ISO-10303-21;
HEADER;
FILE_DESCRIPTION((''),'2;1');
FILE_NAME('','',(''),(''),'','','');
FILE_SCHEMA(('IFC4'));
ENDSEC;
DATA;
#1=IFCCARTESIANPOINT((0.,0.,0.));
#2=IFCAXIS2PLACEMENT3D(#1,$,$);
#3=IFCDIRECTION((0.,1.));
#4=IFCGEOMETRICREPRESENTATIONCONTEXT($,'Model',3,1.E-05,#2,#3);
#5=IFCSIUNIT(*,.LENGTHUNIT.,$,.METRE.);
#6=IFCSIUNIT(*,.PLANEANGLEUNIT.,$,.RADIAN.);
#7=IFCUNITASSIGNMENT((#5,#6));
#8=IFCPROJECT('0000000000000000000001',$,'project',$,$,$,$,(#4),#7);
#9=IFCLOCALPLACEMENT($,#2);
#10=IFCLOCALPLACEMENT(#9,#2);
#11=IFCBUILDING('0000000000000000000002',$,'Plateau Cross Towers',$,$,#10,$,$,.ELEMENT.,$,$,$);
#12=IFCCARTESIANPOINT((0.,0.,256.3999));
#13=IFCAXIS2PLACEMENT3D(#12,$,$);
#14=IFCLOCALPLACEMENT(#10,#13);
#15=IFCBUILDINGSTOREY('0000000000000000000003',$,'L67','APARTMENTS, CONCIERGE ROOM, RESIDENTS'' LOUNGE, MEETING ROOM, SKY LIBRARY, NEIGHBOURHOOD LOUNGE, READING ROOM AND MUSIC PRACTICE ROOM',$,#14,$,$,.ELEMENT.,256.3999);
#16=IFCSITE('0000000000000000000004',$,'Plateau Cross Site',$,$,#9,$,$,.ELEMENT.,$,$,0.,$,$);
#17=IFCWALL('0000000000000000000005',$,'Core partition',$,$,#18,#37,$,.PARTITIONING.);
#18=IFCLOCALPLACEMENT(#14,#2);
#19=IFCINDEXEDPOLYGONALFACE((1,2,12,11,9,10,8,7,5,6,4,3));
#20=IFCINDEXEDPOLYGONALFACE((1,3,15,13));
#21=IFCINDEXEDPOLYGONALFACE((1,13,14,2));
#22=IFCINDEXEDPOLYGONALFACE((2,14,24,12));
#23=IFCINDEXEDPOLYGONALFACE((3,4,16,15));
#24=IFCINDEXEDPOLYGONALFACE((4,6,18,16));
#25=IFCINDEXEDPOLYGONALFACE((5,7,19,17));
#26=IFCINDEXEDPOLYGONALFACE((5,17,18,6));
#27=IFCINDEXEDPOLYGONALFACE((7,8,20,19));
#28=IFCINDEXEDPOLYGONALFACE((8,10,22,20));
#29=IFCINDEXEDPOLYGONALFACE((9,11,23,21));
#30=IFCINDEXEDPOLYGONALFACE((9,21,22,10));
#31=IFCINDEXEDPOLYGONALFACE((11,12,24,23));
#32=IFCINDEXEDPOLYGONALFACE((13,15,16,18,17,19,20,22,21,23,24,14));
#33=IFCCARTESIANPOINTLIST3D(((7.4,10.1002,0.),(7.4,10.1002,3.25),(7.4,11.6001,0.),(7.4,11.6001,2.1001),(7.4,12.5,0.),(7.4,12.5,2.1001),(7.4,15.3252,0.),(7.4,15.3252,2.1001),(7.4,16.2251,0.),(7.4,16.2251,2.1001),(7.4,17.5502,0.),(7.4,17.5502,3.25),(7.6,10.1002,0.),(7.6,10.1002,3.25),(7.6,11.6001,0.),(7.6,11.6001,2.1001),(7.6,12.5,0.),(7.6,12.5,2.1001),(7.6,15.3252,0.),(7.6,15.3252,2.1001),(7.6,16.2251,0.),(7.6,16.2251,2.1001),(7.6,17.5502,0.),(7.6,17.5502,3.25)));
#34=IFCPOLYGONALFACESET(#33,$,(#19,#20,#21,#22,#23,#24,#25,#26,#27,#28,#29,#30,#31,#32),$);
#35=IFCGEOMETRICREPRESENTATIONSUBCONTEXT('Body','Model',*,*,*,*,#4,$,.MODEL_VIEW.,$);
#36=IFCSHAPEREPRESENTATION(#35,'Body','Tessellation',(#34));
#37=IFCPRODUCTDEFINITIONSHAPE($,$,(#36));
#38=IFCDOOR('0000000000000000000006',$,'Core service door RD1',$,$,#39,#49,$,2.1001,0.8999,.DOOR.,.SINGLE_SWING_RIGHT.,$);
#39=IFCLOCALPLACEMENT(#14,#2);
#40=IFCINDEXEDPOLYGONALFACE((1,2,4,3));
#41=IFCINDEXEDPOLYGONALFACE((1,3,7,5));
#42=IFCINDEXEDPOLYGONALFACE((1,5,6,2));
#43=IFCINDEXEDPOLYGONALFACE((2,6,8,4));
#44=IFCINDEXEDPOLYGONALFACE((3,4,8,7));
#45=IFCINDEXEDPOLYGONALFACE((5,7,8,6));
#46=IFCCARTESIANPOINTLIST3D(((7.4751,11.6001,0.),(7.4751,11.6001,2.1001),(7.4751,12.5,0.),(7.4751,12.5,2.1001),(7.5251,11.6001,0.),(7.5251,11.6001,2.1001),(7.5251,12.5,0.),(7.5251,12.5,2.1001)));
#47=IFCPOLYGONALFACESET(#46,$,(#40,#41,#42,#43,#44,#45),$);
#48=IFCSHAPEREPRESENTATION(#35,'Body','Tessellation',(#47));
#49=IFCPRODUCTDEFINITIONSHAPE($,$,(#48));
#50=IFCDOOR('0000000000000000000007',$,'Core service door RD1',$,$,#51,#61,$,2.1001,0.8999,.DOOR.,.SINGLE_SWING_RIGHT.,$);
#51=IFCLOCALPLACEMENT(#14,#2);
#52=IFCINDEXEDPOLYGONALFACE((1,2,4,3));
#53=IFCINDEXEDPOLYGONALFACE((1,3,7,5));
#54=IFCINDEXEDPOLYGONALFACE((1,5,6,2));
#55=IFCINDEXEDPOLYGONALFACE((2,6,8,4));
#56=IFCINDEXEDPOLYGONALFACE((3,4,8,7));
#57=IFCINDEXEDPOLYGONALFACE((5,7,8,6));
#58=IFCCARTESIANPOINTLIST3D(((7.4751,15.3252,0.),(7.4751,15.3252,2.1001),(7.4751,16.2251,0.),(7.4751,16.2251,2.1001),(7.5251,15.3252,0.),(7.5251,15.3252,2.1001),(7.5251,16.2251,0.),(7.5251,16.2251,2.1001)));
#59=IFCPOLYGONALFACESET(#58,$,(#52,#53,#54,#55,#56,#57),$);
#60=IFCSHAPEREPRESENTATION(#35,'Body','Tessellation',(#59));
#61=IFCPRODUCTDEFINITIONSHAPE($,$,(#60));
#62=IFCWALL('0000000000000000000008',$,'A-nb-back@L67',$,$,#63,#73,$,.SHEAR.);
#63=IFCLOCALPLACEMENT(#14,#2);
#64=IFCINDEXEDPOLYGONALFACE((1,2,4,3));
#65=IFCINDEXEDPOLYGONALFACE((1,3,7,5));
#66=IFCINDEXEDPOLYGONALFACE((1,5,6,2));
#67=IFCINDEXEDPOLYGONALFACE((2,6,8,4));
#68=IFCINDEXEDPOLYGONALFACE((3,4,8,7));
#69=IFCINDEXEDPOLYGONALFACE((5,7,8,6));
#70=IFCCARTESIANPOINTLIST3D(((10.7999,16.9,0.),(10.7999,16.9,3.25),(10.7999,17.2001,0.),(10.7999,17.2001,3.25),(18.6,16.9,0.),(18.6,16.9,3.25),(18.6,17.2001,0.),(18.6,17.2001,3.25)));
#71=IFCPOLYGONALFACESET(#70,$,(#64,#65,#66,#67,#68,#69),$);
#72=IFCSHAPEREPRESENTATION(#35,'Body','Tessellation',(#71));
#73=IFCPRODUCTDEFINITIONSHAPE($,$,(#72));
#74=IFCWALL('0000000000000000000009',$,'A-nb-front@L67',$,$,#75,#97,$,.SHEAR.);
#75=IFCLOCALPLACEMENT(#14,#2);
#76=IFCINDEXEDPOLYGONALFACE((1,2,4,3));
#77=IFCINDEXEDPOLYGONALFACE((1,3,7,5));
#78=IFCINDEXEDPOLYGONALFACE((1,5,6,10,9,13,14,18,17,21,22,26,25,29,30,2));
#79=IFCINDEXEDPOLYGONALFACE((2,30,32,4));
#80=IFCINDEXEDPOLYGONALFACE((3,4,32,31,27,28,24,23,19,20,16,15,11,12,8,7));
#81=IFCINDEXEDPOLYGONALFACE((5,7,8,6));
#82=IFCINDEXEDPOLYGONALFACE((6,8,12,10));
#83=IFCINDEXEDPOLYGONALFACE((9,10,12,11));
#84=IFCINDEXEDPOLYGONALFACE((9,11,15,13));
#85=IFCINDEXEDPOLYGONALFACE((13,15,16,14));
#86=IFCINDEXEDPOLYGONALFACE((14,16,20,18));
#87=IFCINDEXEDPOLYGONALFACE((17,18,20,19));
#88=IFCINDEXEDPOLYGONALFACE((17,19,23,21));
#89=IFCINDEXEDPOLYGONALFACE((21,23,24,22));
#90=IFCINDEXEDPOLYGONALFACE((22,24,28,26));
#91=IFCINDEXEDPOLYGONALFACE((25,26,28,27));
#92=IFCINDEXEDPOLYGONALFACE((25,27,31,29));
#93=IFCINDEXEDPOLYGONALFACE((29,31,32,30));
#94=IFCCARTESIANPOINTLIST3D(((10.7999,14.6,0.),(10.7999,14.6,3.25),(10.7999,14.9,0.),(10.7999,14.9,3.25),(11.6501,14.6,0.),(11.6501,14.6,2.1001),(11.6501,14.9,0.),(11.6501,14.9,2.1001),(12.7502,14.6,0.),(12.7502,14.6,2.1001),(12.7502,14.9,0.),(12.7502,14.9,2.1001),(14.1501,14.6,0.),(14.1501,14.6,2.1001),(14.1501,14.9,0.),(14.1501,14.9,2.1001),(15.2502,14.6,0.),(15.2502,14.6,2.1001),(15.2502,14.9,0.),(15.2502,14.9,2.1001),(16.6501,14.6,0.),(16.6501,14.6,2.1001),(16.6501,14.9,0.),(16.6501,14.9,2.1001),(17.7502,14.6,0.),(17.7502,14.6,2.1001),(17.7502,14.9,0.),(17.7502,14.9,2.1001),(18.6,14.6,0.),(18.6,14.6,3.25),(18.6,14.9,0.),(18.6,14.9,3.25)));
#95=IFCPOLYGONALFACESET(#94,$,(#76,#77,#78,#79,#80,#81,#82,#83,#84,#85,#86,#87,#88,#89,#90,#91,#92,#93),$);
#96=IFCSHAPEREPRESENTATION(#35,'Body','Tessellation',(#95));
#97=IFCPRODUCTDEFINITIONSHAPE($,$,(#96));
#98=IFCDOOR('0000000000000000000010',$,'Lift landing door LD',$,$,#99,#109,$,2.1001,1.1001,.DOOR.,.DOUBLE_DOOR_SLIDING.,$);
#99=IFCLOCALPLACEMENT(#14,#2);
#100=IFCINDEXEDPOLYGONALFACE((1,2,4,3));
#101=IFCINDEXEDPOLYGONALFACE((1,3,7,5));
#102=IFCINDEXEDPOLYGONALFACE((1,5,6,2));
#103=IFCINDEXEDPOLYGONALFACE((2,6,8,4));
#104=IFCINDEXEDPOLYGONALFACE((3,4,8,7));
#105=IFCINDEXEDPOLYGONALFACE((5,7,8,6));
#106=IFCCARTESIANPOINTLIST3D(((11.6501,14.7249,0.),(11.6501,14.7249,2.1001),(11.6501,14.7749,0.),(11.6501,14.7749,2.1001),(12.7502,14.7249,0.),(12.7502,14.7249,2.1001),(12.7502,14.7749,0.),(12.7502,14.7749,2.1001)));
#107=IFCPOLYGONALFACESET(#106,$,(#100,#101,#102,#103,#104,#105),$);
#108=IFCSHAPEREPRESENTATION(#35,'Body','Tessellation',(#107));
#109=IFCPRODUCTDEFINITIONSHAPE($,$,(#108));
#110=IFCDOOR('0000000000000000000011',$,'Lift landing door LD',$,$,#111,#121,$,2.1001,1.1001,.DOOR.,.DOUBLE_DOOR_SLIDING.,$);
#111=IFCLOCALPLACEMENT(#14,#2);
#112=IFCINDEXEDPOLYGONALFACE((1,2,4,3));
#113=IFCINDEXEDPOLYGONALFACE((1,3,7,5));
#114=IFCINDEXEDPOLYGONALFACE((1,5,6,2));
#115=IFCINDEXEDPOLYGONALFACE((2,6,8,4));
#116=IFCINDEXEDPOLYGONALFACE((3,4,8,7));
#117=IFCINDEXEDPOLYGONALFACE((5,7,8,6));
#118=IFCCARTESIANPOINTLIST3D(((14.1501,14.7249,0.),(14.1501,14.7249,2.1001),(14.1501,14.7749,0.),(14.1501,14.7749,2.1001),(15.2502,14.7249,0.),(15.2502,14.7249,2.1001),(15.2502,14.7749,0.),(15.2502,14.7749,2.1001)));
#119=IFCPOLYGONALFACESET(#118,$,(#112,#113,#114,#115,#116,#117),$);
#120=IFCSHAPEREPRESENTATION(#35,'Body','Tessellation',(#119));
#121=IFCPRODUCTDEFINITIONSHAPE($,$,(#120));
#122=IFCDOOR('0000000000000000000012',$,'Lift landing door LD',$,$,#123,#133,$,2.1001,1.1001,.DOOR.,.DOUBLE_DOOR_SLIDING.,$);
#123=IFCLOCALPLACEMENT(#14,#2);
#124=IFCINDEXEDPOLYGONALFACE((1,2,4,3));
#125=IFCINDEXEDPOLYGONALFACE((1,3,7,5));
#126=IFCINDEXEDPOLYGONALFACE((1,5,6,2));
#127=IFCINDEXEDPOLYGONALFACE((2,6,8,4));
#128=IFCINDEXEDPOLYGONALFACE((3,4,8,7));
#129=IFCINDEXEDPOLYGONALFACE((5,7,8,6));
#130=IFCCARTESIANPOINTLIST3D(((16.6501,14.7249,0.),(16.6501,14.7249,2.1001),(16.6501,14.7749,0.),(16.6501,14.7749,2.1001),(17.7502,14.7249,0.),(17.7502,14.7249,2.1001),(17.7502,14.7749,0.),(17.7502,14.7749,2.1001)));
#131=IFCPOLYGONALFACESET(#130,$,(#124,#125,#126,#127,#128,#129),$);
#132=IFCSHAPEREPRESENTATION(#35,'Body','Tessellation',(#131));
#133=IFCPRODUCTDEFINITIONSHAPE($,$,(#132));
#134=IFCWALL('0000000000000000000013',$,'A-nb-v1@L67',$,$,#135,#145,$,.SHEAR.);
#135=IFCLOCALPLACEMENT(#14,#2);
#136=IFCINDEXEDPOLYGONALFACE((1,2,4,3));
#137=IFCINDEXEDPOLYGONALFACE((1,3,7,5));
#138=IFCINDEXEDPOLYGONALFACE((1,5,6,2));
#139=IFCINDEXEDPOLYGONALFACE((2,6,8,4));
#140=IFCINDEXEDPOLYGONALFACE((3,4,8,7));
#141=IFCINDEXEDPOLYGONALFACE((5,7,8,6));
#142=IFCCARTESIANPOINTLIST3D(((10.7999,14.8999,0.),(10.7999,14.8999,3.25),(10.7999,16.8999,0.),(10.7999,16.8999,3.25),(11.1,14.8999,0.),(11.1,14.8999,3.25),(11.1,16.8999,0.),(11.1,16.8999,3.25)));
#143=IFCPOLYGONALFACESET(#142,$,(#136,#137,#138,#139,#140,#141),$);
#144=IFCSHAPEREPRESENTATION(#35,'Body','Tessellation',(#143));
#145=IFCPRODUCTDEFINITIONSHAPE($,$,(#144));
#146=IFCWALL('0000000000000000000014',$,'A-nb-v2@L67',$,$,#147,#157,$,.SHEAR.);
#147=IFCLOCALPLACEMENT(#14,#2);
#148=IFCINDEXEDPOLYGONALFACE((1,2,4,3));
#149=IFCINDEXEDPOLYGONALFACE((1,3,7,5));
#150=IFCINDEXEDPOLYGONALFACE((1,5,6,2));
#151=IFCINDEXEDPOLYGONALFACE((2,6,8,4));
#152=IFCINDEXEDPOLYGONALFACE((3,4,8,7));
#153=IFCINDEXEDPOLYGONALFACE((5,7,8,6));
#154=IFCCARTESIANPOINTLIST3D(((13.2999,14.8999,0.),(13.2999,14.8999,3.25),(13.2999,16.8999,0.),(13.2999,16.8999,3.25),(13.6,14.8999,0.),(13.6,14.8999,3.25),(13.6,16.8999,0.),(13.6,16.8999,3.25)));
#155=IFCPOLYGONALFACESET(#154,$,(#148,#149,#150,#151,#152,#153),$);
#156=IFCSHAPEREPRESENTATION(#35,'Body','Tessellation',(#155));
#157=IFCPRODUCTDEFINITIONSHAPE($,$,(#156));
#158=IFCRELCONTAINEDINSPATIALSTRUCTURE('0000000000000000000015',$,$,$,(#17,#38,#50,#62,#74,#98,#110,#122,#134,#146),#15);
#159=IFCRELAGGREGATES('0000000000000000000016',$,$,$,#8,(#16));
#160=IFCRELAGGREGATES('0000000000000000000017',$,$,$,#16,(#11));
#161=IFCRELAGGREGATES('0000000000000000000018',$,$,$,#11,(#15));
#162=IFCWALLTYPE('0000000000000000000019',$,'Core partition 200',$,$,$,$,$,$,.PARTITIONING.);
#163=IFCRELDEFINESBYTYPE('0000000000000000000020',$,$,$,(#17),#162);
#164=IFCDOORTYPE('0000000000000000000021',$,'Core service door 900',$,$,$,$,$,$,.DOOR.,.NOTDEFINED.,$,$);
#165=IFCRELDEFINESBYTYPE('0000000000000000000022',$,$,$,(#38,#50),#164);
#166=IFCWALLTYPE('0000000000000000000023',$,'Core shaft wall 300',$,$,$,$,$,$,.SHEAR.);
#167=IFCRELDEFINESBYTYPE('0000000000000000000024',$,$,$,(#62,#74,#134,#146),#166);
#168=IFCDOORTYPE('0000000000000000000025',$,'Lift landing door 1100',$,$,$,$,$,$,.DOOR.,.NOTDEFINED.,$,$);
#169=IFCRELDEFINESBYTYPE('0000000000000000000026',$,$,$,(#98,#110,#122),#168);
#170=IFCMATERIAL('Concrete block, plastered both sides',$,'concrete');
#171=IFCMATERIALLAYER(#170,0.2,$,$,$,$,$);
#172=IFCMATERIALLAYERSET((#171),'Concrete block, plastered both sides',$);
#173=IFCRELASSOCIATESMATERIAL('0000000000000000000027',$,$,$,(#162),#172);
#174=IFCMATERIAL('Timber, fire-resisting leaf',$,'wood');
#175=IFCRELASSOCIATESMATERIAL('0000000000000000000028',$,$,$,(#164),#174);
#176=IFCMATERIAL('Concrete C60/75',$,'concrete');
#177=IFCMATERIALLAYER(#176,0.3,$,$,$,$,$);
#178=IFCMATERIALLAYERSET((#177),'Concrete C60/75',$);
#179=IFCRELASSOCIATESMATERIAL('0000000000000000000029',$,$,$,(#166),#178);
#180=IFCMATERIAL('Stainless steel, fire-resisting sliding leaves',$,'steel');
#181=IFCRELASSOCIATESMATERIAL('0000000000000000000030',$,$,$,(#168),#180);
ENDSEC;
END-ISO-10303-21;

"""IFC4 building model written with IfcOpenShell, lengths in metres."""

from ifc_helpers import new_model, si_unit, direction, frame, frame_2d, origin, place, context, subcontext, project, spatial, rectangle, extrude, material, layer, layer_set, type_object, element, fill, save


model = new_model("IFC4")

# Units and contexts
model_context = context("Model", 3, precision=1e-05, world=origin(), true_north=direction((0.0, 1.0)))
body_context = subcontext(model_context, "Body", "Model", "MODEL_VIEW")
ifc_project = project(units=[si_unit("LENGTHUNIT", "METRE"), si_unit("PLANEANGLEUNIT", "RADIAN")], contexts=[model_context])

# Site, building, storey
site_placement = place(None, origin())
site = spatial("IfcSite", under=ifc_project, at=site_placement, Name="Plateau Cross Site", CompositionType="ELEMENT", RefElevation=0.0)
building_placement = place(site_placement, origin())
building = spatial("IfcBuilding", under=site, at=building_placement, Name="Plateau Cross Towers", CompositionType="ELEMENT")
storey_placement = place(building_placement, frame((0.0, 0.0, 256.3999)))
storey = spatial("IfcBuildingStorey", under=building, at=storey_placement, Name="L67", Description="APARTMENTS, CONCIERGE ROOM, RESIDENTS' LOUNGE, MEETING ROOM, SKY LIBRARY, NEIGHBOURHOOD LOUNGE, READING ROOM AND MUSIC PRACTICE ROOM", CompositionType="ELEMENT", Elevation=256.3999)

# Shared definitions
ifc_material_1 = material(Name="Concrete block, plastered both sides", Category="concrete")
ifc_layer_1 = layer(ifc_material_1, 0.2)
ifc_layer_set_1 = layer_set([ifc_layer_1], Name="Concrete block, plastered both sides")
wall_type_1 = type_object("IfcWallType", Name="Core partition 200", PredefinedType="PARTITIONING", material=ifc_layer_set_1)

# Shared definitions
ifc_material_2 = material(Name="Timber, fire-resisting leaf", Category="wood")
door_type_1 = type_object("IfcDoorType", Name="Core service door 900", OperationType="NOTDEFINED", PredefinedType="DOOR", material=ifc_material_2)

# Wall, openings, doors
wall_1_placement = place(storey_placement, frame((7.5, 10.1001, 0.0), z_axis=(0.0, 0.0, 1.0), x_axis=(0.0, 1.0, 0.0)))
wall_1 = element("IfcWall", 1, at=wall_1_placement, inside=storey, type_object=wall_type_1, Name="Core partition", PredefinedType="PARTITIONING", context=body_context, shape_type="SweptSolid", body=[
    extrude(rectangle(XDim=7.45, YDim=0.2, at=frame_2d((3.7251, 0.0))), origin(), (0.0, 0.0, 1.0), 3.25),
])
opening_1_placement = place(wall_1_placement, frame((1.5, 0.0, 0.0)))
opening_1 = element("IfcOpeningElement", 2, at=opening_1_placement, cuts=wall_1, PredefinedType="OPENING", context=body_context, shape_type="SweptSolid", body=[
    extrude(rectangle(XDim=0.8999, YDim=2.1001, at=frame_2d((0.45, 1.05))), frame((0.0, 0.1099, 0.0), z_axis=(0.0, -1.0, 0.0), x_axis=(1.0, 0.0, 0.0)), (0.0, 0.0, 1.0), 0.22),
])
opening_2_placement = place(wall_1_placement, frame((5.2251, 0.0, 0.0)))
opening_2 = element("IfcOpeningElement", 3, at=opening_2_placement, cuts=wall_1, PredefinedType="OPENING", context=body_context, shape_type="SweptSolid", body=[
    extrude(rectangle(XDim=0.8999, YDim=2.1001, at=frame_2d((0.45, 1.05))), frame((0.0, 0.1099, 0.0), z_axis=(0.0, -1.0, 0.0), x_axis=(1.0, 0.0, 0.0)), (0.0, 0.0, 1.0), 0.22),
])
door_1_placement = place(opening_1_placement, origin())
door_1 = element("IfcDoor", 4, at=door_1_placement, inside=storey, type_object=door_type_1, Name="Core service door RD1", OperationType="SINGLE_SWING_RIGHT", OverallHeight=2.1001, OverallWidth=0.8999, PredefinedType="DOOR", context=body_context, shape_type="SweptSolid", body=[
    extrude(rectangle(XDim=0.8999, YDim=2.1001, at=frame_2d((0.45, 1.05))), frame((0.0, 0.0249, 0.0), z_axis=(0.0, -1.0, 0.0), x_axis=(1.0, 0.0, 0.0)), (0.0, 0.0, 1.0), 0.05),
])
fill(opening_1, door_1)
door_2_placement = place(opening_2_placement, origin())
door_2 = element("IfcDoor", 5, at=door_2_placement, inside=storey, type_object=door_type_1, Name="Core service door RD1", OperationType="SINGLE_SWING_RIGHT", OverallHeight=2.1001, OverallWidth=0.8999, PredefinedType="DOOR", context=body_context, shape_type="SweptSolid", body=[
    extrude(rectangle(XDim=0.8999, YDim=2.1001, at=frame_2d((0.45, 1.05))), frame((0.0, 0.0249, 0.0), z_axis=(0.0, -1.0, 0.0), x_axis=(1.0, 0.0, 0.0)), (0.0, 0.0, 1.0), 0.05),
])
fill(opening_2, door_2)

# Wall
ifc_material_3 = material(Name="Concrete C60/75", Category="concrete")
ifc_layer_2 = layer(ifc_material_3, 0.3)
ifc_layer_set_2 = layer_set([ifc_layer_2], Name="Concrete C60/75")
wall_type_2 = type_object("IfcWallType", Name="Core shaft wall 300", PredefinedType="SHEAR", material=ifc_layer_set_2)
wall_2_placement = place(storey_placement, frame((10.8, 17.05, 0.0), z_axis=(0.0, 0.0, 1.0), x_axis=(1.0, 0.0, 0.0)))
element("IfcWall", 6, at=wall_2_placement, inside=storey, type_object=wall_type_2, Name="A-nb-back@L67", PredefinedType="SHEAR", context=body_context, shape_type="SweptSolid", body=[
    extrude(rectangle(XDim=7.8, YDim=0.3, at=frame_2d((3.8999, 0.0))), origin(), (0.0, 0.0, 1.0), 3.25),
])

# Wall, openings, doors
wall_3_placement = place(storey_placement, frame((10.8, 14.75, 0.0), z_axis=(0.0, 0.0, 1.0), x_axis=(1.0, 0.0, 0.0)))
wall_3 = element("IfcWall", 7, at=wall_3_placement, inside=storey, type_object=wall_type_2, Name="A-nb-front@L67", PredefinedType="SHEAR", context=body_context, shape_type="SweptSolid", body=[
    extrude(rectangle(XDim=7.8, YDim=0.3, at=frame_2d((3.8999, 0.0))), origin(), (0.0, 0.0, 1.0), 3.25),
])
opening_3_placement = place(wall_3_placement, frame((0.8501, 0.0, 0.0)))
opening_3 = element("IfcOpeningElement", 8, at=opening_3_placement, cuts=wall_3, PredefinedType="OPENING", context=body_context, shape_type="SweptSolid", body=[
    extrude(rectangle(XDim=1.1001, YDim=2.1001, at=frame_2d((0.55, 1.05))), frame((0.0, 0.1599, 0.0), z_axis=(0.0, -1.0, 0.0), x_axis=(1.0, 0.0, 0.0)), (0.0, 0.0, 1.0), 0.3201),
])
opening_4_placement = place(wall_3_placement, frame((3.3501, 0.0, 0.0)))
opening_4 = element("IfcOpeningElement", 9, at=opening_4_placement, cuts=wall_3, PredefinedType="OPENING", context=body_context, shape_type="SweptSolid", body=[
    extrude(rectangle(XDim=1.1001, YDim=2.1001, at=frame_2d((0.55, 1.05))), frame((0.0, 0.1599, 0.0), z_axis=(0.0, -1.0, 0.0), x_axis=(1.0, 0.0, 0.0)), (0.0, 0.0, 1.0), 0.3201),
])
opening_5_placement = place(wall_3_placement, frame((5.8501, 0.0, 0.0)))
opening_5 = element("IfcOpeningElement", 10, at=opening_5_placement, cuts=wall_3, PredefinedType="OPENING", context=body_context, shape_type="SweptSolid", body=[
    extrude(rectangle(XDim=1.1001, YDim=2.1001, at=frame_2d((0.55, 1.05))), frame((0.0, 0.1599, 0.0), z_axis=(0.0, -1.0, 0.0), x_axis=(1.0, 0.0, 0.0)), (0.0, 0.0, 1.0), 0.3201),
])
ifc_material_4 = material(Name="Stainless steel, fire-resisting sliding leaves", Category="steel")
door_type_2 = type_object("IfcDoorType", Name="Lift landing door 1100", OperationType="NOTDEFINED", PredefinedType="DOOR", material=ifc_material_4)
door_3_placement = place(opening_3_placement, origin())
door_3 = element("IfcDoor", 11, at=door_3_placement, inside=storey, type_object=door_type_2, Name="Lift landing door LD", OperationType="DOUBLE_DOOR_SLIDING", OverallHeight=2.1001, OverallWidth=1.1001, PredefinedType="DOOR", context=body_context, shape_type="SweptSolid", body=[
    extrude(rectangle(XDim=1.1001, YDim=2.1001, at=frame_2d((0.55, 1.05))), frame((0.0, 0.0249, 0.0), z_axis=(0.0, -1.0, 0.0), x_axis=(1.0, 0.0, 0.0)), (0.0, 0.0, 1.0), 0.05),
])
fill(opening_3, door_3)
door_4_placement = place(opening_4_placement, origin())
door_4 = element("IfcDoor", 12, at=door_4_placement, inside=storey, type_object=door_type_2, Name="Lift landing door LD", OperationType="DOUBLE_DOOR_SLIDING", OverallHeight=2.1001, OverallWidth=1.1001, PredefinedType="DOOR", context=body_context, shape_type="SweptSolid", body=[
    extrude(rectangle(XDim=1.1001, YDim=2.1001, at=frame_2d((0.55, 1.05))), frame((0.0, 0.0249, 0.0), z_axis=(0.0, -1.0, 0.0), x_axis=(1.0, 0.0, 0.0)), (0.0, 0.0, 1.0), 0.05),
])
fill(opening_4, door_4)
door_5_placement = place(opening_5_placement, origin())
door_5 = element("IfcDoor", 13, at=door_5_placement, inside=storey, type_object=door_type_2, Name="Lift landing door LD", OperationType="DOUBLE_DOOR_SLIDING", OverallHeight=2.1001, OverallWidth=1.1001, PredefinedType="DOOR", context=body_context, shape_type="SweptSolid", body=[
    extrude(rectangle(XDim=1.1001, YDim=2.1001, at=frame_2d((0.55, 1.05))), frame((0.0, 0.0249, 0.0), z_axis=(0.0, -1.0, 0.0), x_axis=(1.0, 0.0, 0.0)), (0.0, 0.0, 1.0), 0.05),
])
fill(opening_5, door_5)

# Walls
for number, where, z_axis, x_axis, name in (
    (14, (10.95, 14.8999, 0.0), (0.0, 0.0, 1.0), (0.0, 1.0, 0.0), "A-nb-v1@L67"),
    (15, (13.45, 14.8999, 0.0), (0.0, 0.0, 1.0), (0.0, 1.0, 0.0), "A-nb-v2@L67"),
):
    element("IfcWall", number, at=place(storey_placement, frame(where, z_axis=z_axis, x_axis=x_axis)), inside=storey, type_object=wall_type_2, Name=name, PredefinedType="SHEAR", context=body_context, shape_type="SweptSolid", body=[
        extrude(rectangle(XDim=2.0, YDim=0.3, at=frame_2d((1.0, 0.0))), origin(), (0.0, 0.0, 1.0), 3.25),
    ])

save(model, "model.ifc")
